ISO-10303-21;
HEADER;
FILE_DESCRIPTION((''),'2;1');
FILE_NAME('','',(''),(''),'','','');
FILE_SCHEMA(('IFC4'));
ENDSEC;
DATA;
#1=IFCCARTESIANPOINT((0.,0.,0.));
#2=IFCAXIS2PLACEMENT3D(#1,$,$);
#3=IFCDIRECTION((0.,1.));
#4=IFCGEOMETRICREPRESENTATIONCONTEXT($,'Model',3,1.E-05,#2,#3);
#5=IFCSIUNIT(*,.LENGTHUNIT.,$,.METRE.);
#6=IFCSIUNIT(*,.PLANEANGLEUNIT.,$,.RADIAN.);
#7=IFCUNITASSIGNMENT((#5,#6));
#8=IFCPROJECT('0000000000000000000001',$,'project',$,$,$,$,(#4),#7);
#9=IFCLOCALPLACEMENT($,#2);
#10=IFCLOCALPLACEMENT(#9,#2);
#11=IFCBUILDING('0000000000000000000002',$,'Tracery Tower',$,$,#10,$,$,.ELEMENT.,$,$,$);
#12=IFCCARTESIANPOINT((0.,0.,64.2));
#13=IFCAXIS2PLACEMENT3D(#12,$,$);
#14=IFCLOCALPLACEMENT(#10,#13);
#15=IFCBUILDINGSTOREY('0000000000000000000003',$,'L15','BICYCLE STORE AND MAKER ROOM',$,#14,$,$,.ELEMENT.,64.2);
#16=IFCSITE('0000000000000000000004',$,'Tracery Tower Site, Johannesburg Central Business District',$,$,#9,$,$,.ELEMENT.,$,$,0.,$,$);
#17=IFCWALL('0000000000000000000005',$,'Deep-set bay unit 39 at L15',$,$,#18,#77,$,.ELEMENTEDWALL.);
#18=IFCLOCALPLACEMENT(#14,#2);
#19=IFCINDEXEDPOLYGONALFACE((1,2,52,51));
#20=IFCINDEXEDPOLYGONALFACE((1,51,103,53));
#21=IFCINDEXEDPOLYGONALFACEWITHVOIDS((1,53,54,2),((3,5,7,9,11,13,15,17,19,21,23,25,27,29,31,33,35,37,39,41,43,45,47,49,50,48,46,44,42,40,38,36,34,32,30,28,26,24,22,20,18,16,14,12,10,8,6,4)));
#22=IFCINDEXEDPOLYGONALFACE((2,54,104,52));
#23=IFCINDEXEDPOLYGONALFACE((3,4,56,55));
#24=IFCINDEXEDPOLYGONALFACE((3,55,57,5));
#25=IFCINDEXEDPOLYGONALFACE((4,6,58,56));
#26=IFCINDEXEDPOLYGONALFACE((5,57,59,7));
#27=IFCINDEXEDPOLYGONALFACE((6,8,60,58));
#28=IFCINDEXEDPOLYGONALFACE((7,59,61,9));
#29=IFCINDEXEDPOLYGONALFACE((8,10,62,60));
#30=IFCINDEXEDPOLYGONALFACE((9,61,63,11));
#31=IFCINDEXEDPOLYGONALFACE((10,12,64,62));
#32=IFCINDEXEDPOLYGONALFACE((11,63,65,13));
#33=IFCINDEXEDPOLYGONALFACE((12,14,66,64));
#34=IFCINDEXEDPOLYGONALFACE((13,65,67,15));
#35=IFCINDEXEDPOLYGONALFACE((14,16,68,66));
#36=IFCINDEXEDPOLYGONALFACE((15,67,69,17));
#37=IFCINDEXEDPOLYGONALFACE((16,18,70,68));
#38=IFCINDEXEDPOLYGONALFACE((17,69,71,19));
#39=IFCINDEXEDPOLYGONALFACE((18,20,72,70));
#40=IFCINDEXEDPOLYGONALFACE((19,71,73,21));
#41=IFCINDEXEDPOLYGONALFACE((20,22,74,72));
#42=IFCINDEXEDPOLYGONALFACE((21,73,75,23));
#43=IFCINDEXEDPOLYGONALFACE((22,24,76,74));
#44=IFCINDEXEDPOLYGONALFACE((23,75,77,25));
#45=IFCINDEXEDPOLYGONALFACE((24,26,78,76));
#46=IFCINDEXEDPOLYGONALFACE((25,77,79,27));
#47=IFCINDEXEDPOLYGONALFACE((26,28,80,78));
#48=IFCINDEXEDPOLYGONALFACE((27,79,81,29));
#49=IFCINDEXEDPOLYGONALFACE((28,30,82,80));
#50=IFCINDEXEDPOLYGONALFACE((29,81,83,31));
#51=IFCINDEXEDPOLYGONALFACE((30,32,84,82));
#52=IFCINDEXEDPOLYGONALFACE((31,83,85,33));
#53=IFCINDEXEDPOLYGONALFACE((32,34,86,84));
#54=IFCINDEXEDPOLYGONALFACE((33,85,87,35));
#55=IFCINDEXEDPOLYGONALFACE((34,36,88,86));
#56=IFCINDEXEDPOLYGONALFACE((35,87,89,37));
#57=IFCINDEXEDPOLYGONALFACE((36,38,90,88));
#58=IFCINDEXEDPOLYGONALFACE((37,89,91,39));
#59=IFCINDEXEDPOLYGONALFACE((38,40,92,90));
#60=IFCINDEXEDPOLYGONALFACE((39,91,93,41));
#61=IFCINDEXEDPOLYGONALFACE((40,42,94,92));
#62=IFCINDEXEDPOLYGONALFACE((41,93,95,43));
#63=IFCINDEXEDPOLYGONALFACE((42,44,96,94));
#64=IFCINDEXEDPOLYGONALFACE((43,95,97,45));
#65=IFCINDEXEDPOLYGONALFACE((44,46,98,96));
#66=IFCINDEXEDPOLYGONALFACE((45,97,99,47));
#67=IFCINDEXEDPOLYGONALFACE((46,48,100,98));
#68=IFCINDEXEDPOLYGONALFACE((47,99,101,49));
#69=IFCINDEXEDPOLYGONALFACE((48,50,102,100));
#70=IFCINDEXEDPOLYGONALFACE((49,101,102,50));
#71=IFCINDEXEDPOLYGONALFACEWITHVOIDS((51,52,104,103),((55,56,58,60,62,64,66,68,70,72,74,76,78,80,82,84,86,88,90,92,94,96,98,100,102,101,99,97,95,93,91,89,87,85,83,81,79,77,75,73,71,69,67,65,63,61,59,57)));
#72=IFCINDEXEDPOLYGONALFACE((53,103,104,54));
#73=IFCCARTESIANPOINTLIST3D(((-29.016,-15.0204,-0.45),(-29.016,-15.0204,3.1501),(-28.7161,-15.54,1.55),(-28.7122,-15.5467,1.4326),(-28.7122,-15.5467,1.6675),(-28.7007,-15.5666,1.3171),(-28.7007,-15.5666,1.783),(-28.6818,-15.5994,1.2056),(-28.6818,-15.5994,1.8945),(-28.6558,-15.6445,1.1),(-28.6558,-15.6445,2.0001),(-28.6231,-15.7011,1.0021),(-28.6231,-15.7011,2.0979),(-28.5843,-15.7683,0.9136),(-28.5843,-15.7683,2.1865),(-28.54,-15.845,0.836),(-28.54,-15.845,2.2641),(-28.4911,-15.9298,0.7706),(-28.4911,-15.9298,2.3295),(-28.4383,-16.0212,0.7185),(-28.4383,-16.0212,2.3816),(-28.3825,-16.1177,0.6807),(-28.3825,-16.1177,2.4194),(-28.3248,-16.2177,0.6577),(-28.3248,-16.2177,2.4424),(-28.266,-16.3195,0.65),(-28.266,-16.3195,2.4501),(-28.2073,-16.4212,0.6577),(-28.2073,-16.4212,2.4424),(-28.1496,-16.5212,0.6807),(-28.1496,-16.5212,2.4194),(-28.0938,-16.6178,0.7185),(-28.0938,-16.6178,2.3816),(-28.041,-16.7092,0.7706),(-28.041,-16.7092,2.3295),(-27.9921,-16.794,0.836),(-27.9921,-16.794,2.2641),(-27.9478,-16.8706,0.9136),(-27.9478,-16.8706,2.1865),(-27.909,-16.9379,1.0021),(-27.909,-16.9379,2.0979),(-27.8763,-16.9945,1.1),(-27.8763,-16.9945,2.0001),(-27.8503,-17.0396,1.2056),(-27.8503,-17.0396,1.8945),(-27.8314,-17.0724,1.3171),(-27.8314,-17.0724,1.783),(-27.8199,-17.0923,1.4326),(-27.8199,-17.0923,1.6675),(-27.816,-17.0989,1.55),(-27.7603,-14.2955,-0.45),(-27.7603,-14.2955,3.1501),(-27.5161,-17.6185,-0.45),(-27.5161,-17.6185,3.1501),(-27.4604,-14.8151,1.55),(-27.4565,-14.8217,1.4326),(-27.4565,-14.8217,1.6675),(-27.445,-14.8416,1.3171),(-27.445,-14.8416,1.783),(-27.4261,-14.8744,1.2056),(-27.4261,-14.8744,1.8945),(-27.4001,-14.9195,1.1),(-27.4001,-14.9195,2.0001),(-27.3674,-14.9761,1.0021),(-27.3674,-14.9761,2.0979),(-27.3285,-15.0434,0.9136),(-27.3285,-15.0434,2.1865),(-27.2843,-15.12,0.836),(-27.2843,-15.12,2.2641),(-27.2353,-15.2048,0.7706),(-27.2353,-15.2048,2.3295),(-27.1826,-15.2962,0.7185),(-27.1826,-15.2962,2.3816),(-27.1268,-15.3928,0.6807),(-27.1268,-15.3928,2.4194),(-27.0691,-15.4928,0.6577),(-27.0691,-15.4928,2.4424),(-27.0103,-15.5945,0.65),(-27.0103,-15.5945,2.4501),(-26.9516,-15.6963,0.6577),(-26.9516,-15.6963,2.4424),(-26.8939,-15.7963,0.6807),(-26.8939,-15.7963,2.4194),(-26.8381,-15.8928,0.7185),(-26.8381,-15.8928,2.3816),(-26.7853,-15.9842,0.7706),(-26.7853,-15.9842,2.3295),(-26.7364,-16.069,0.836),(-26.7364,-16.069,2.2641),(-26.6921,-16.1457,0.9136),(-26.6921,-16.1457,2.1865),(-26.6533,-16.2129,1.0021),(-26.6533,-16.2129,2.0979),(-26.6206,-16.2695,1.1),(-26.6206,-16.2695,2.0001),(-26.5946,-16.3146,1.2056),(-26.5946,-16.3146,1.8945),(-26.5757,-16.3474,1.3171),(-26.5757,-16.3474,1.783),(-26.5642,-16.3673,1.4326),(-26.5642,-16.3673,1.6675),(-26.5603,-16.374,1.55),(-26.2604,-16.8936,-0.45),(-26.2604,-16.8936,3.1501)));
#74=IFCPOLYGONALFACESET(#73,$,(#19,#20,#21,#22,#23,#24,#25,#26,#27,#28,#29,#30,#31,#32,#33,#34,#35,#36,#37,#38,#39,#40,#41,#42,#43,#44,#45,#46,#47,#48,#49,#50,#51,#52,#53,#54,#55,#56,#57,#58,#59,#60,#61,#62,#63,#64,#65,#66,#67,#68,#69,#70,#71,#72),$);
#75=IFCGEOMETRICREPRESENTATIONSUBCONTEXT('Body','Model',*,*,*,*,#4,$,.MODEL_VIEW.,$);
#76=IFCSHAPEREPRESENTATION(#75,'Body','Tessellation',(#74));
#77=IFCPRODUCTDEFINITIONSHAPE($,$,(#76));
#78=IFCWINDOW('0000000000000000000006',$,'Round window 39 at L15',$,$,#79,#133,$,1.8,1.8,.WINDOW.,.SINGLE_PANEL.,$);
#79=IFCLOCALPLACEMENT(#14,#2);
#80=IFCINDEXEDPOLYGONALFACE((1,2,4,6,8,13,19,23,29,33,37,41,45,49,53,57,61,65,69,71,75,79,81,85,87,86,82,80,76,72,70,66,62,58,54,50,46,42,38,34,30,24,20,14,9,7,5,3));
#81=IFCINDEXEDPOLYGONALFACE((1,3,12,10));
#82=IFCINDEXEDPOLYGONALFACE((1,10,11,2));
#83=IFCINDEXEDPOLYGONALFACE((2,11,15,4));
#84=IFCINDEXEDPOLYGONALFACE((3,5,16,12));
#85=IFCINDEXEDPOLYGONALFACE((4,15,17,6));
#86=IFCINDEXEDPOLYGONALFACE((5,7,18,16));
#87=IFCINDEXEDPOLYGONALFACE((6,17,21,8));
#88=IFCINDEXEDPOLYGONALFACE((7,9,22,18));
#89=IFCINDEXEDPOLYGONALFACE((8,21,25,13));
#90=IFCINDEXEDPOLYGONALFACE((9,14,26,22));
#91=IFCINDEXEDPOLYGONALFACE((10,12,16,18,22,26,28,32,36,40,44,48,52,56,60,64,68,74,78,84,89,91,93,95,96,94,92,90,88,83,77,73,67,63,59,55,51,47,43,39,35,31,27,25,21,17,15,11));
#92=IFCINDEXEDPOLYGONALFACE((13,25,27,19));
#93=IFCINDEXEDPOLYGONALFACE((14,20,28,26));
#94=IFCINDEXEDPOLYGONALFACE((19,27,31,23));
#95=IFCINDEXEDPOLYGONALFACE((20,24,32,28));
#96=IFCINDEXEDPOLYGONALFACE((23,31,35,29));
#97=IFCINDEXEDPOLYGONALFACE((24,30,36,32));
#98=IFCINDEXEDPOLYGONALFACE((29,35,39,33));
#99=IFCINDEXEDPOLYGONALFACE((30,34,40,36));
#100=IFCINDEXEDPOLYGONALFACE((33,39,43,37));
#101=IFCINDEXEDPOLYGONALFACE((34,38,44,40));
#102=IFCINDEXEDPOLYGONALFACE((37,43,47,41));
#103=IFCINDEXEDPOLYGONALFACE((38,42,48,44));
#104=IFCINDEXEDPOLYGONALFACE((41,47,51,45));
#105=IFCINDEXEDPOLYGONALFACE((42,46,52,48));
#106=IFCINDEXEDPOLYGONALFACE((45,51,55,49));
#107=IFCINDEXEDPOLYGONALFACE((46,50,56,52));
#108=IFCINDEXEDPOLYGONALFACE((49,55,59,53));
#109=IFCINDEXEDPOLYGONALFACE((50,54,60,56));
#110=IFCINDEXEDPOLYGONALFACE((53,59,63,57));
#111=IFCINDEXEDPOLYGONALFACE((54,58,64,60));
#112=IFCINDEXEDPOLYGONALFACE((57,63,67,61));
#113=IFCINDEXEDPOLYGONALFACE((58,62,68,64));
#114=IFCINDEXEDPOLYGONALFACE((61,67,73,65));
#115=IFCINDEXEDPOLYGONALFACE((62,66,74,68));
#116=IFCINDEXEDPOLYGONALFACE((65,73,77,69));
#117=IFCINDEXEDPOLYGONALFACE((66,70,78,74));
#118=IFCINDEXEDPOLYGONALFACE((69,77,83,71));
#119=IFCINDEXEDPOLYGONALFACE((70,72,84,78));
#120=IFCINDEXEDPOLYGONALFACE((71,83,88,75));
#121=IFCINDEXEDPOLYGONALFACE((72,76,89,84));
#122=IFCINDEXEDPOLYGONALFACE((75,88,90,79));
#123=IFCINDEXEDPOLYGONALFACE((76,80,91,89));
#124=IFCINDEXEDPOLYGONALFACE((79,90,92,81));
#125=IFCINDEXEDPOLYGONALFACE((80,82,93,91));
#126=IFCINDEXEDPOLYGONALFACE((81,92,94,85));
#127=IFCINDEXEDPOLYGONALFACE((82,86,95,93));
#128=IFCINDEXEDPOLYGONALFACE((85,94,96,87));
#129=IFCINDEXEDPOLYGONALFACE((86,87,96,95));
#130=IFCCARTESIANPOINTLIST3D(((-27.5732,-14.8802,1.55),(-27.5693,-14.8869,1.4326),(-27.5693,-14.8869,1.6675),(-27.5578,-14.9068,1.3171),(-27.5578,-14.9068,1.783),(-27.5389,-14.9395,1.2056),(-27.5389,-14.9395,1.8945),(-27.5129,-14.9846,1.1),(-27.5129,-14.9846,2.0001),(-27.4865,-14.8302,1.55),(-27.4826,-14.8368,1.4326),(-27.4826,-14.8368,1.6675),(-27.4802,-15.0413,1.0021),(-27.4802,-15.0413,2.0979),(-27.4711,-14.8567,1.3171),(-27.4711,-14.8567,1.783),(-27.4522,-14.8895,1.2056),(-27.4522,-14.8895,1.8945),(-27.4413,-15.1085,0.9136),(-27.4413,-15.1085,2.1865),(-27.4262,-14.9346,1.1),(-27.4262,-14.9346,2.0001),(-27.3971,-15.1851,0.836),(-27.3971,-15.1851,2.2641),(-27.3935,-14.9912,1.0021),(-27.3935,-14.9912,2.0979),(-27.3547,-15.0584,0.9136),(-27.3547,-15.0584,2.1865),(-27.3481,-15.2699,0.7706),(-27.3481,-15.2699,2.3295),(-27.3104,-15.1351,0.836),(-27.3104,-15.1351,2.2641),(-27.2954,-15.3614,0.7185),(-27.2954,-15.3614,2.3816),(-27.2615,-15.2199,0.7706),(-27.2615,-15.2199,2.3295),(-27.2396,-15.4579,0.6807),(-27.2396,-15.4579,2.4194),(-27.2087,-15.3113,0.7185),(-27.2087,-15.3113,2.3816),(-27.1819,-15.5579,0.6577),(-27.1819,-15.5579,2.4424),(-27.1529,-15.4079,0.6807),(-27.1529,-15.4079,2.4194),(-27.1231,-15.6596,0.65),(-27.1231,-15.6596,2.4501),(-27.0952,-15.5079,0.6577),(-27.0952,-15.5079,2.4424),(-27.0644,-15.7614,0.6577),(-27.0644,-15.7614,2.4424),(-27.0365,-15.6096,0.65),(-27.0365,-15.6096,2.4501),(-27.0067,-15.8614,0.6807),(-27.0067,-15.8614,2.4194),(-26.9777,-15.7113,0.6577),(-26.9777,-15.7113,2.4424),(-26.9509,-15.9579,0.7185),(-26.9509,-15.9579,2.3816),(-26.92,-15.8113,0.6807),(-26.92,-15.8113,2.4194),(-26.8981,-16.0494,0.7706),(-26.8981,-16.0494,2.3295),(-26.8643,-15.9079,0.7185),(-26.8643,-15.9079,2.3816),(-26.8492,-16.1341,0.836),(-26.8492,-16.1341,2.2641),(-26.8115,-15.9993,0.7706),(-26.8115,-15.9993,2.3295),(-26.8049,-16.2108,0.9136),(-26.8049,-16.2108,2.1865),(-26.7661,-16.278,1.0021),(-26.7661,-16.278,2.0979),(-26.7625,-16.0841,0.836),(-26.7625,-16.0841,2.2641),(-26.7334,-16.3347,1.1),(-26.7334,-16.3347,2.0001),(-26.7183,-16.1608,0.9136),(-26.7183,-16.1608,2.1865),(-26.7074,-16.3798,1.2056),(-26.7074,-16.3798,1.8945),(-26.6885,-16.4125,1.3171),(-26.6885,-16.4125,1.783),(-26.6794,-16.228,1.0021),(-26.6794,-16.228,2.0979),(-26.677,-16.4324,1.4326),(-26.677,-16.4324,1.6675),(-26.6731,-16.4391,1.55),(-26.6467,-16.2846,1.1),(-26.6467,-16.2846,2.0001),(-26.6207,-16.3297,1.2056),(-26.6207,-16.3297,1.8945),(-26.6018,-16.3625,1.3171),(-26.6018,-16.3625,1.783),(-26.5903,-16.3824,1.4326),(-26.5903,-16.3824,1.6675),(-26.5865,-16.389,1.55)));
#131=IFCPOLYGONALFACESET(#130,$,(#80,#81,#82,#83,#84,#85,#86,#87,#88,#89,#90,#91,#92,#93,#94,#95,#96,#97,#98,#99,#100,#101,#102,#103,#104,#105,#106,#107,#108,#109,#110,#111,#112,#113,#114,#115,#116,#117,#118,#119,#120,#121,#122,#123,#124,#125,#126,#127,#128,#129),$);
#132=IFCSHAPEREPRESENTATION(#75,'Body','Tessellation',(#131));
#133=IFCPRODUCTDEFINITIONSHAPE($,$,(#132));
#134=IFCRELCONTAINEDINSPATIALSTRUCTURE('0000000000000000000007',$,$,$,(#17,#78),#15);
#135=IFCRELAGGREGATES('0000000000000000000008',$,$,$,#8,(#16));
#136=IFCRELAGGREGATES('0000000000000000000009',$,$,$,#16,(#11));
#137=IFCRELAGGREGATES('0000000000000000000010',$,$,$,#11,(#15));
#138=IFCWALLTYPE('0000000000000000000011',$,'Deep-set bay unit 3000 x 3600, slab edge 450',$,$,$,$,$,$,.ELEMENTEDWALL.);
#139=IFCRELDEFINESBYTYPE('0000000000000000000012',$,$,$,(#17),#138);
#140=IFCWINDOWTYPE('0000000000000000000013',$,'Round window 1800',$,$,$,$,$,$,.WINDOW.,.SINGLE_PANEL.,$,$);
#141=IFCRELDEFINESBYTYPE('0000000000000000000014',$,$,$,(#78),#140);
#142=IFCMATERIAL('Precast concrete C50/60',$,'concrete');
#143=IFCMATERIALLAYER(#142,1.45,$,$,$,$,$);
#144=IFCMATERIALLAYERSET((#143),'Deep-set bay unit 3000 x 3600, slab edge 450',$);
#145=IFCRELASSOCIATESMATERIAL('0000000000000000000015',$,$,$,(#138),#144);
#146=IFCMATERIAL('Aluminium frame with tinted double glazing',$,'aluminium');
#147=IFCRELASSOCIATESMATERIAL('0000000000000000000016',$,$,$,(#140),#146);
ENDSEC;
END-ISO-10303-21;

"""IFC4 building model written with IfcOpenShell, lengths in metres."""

from ifc_helpers import new_model, si_unit, direction, frame, frame_2d, origin, origin_2d, place, context, subcontext, project, spatial, rectangle, circle, extrude, material, layer, layer_set, type_object, element, fill, save


model = new_model("IFC4")

# Units and contexts
model_context = context("Model", 3, precision=1e-05, world=origin(), true_north=direction((0.0, 1.0)))
body_context = subcontext(model_context, "Body", "Model", "MODEL_VIEW")
ifc_project = project(units=[si_unit("LENGTHUNIT", "METRE"), si_unit("PLANEANGLEUNIT", "RADIAN")], contexts=[model_context])

# Site, building, storey
site_placement = place(None, origin())
site = spatial("IfcSite", under=ifc_project, at=site_placement, Name="Tracery Tower Site, Johannesburg Central Business District", CompositionType="ELEMENT", RefElevation=0.0)
building_placement = place(site_placement, origin())
building = spatial("IfcBuilding", under=site, at=building_placement, Name="Tracery Tower", CompositionType="ELEMENT")
storey_placement = place(building_placement, frame((0.0, 0.0, 64.2)))
storey = spatial("IfcBuildingStorey", under=building, at=storey_placement, Name="L15", Description="BICYCLE STORE AND MAKER ROOM", CompositionType="ELEMENT", Elevation=64.2)

# Wall, opening, window
ifc_material_1 = material(Name="Precast concrete C50/60", Category="concrete")
ifc_layer_1 = layer(ifc_material_1, 1.45)
ifc_layer_set_1 = layer_set([ifc_layer_1], Name="Deep-set bay unit 3000 x 3600, slab edge 450")
wall_type_1 = type_object("IfcWallType", Name="Deep-set bay unit 3000 x 3600, slab edge 450", PredefinedType="ELEMENTEDWALL", material=ifc_layer_set_1)
wall_1_placement = place(storey_placement, frame((-28.3882, -14.658, -0.45), z_axis=(0.0, 0.0, 1.0), x_axis=(0.49999, -0.866031, 0.0)))
wall_1 = element("IfcWall", 1, at=wall_1_placement, inside=storey, type_object=wall_type_1, Name="Deep-set bay unit 39 at L15", PredefinedType="ELEMENTEDWALL", context=body_context, shape_type="SweptSolid", body=[
    extrude(rectangle(XDim=3.0, YDim=1.45, at=frame_2d((1.5, 0.0))), origin(), (0.0, 0.0, 1.0), 3.6001),
])
opening_1_placement = place(wall_1_placement, frame((1.5, 0.0, 2.0)))
opening_1 = element("IfcOpeningElement", 2, at=opening_1_placement, cuts=wall_1, PredefinedType="OPENING", context=body_context, shape_type="SweptSolid", body=[
    extrude(circle(Radius=0.9, at=origin_2d()), frame((0.0, 0.7349, 0.0), z_axis=(0.0, -1.0, 0.0), x_axis=(1.0, 0.0, 0.0)), (0.0, 0.0, 1.0), 1.47),
])
ifc_material_2 = material(Name="Aluminium frame with tinted double glazing", Category="aluminium")
window_type = type_object("IfcWindowType", Name="Round window 1800", PartitioningType="SINGLE_PANEL", PredefinedType="WINDOW", material=ifc_material_2)
window_1_placement = place(opening_1_placement, origin())
window_1 = element("IfcWindow", 3, at=window_1_placement, inside=storey, type_object=window_type, Name="Round window 39 at L15", OverallHeight=1.8, OverallWidth=1.8, PartitioningType="SINGLE_PANEL", PredefinedType="WINDOW", context=body_context, shape_type="SweptSolid", body=[
    extrude(circle(Radius=0.9, at=origin_2d()), frame((0.0, 0.6948, 0.0), z_axis=(0.0, -1.0, 0.0), x_axis=(1.0, 0.0, 0.0)), (0.0, 0.0, 1.0), 0.1001),
])
fill(opening_1, window_1)

save(model, "model.ifc")
